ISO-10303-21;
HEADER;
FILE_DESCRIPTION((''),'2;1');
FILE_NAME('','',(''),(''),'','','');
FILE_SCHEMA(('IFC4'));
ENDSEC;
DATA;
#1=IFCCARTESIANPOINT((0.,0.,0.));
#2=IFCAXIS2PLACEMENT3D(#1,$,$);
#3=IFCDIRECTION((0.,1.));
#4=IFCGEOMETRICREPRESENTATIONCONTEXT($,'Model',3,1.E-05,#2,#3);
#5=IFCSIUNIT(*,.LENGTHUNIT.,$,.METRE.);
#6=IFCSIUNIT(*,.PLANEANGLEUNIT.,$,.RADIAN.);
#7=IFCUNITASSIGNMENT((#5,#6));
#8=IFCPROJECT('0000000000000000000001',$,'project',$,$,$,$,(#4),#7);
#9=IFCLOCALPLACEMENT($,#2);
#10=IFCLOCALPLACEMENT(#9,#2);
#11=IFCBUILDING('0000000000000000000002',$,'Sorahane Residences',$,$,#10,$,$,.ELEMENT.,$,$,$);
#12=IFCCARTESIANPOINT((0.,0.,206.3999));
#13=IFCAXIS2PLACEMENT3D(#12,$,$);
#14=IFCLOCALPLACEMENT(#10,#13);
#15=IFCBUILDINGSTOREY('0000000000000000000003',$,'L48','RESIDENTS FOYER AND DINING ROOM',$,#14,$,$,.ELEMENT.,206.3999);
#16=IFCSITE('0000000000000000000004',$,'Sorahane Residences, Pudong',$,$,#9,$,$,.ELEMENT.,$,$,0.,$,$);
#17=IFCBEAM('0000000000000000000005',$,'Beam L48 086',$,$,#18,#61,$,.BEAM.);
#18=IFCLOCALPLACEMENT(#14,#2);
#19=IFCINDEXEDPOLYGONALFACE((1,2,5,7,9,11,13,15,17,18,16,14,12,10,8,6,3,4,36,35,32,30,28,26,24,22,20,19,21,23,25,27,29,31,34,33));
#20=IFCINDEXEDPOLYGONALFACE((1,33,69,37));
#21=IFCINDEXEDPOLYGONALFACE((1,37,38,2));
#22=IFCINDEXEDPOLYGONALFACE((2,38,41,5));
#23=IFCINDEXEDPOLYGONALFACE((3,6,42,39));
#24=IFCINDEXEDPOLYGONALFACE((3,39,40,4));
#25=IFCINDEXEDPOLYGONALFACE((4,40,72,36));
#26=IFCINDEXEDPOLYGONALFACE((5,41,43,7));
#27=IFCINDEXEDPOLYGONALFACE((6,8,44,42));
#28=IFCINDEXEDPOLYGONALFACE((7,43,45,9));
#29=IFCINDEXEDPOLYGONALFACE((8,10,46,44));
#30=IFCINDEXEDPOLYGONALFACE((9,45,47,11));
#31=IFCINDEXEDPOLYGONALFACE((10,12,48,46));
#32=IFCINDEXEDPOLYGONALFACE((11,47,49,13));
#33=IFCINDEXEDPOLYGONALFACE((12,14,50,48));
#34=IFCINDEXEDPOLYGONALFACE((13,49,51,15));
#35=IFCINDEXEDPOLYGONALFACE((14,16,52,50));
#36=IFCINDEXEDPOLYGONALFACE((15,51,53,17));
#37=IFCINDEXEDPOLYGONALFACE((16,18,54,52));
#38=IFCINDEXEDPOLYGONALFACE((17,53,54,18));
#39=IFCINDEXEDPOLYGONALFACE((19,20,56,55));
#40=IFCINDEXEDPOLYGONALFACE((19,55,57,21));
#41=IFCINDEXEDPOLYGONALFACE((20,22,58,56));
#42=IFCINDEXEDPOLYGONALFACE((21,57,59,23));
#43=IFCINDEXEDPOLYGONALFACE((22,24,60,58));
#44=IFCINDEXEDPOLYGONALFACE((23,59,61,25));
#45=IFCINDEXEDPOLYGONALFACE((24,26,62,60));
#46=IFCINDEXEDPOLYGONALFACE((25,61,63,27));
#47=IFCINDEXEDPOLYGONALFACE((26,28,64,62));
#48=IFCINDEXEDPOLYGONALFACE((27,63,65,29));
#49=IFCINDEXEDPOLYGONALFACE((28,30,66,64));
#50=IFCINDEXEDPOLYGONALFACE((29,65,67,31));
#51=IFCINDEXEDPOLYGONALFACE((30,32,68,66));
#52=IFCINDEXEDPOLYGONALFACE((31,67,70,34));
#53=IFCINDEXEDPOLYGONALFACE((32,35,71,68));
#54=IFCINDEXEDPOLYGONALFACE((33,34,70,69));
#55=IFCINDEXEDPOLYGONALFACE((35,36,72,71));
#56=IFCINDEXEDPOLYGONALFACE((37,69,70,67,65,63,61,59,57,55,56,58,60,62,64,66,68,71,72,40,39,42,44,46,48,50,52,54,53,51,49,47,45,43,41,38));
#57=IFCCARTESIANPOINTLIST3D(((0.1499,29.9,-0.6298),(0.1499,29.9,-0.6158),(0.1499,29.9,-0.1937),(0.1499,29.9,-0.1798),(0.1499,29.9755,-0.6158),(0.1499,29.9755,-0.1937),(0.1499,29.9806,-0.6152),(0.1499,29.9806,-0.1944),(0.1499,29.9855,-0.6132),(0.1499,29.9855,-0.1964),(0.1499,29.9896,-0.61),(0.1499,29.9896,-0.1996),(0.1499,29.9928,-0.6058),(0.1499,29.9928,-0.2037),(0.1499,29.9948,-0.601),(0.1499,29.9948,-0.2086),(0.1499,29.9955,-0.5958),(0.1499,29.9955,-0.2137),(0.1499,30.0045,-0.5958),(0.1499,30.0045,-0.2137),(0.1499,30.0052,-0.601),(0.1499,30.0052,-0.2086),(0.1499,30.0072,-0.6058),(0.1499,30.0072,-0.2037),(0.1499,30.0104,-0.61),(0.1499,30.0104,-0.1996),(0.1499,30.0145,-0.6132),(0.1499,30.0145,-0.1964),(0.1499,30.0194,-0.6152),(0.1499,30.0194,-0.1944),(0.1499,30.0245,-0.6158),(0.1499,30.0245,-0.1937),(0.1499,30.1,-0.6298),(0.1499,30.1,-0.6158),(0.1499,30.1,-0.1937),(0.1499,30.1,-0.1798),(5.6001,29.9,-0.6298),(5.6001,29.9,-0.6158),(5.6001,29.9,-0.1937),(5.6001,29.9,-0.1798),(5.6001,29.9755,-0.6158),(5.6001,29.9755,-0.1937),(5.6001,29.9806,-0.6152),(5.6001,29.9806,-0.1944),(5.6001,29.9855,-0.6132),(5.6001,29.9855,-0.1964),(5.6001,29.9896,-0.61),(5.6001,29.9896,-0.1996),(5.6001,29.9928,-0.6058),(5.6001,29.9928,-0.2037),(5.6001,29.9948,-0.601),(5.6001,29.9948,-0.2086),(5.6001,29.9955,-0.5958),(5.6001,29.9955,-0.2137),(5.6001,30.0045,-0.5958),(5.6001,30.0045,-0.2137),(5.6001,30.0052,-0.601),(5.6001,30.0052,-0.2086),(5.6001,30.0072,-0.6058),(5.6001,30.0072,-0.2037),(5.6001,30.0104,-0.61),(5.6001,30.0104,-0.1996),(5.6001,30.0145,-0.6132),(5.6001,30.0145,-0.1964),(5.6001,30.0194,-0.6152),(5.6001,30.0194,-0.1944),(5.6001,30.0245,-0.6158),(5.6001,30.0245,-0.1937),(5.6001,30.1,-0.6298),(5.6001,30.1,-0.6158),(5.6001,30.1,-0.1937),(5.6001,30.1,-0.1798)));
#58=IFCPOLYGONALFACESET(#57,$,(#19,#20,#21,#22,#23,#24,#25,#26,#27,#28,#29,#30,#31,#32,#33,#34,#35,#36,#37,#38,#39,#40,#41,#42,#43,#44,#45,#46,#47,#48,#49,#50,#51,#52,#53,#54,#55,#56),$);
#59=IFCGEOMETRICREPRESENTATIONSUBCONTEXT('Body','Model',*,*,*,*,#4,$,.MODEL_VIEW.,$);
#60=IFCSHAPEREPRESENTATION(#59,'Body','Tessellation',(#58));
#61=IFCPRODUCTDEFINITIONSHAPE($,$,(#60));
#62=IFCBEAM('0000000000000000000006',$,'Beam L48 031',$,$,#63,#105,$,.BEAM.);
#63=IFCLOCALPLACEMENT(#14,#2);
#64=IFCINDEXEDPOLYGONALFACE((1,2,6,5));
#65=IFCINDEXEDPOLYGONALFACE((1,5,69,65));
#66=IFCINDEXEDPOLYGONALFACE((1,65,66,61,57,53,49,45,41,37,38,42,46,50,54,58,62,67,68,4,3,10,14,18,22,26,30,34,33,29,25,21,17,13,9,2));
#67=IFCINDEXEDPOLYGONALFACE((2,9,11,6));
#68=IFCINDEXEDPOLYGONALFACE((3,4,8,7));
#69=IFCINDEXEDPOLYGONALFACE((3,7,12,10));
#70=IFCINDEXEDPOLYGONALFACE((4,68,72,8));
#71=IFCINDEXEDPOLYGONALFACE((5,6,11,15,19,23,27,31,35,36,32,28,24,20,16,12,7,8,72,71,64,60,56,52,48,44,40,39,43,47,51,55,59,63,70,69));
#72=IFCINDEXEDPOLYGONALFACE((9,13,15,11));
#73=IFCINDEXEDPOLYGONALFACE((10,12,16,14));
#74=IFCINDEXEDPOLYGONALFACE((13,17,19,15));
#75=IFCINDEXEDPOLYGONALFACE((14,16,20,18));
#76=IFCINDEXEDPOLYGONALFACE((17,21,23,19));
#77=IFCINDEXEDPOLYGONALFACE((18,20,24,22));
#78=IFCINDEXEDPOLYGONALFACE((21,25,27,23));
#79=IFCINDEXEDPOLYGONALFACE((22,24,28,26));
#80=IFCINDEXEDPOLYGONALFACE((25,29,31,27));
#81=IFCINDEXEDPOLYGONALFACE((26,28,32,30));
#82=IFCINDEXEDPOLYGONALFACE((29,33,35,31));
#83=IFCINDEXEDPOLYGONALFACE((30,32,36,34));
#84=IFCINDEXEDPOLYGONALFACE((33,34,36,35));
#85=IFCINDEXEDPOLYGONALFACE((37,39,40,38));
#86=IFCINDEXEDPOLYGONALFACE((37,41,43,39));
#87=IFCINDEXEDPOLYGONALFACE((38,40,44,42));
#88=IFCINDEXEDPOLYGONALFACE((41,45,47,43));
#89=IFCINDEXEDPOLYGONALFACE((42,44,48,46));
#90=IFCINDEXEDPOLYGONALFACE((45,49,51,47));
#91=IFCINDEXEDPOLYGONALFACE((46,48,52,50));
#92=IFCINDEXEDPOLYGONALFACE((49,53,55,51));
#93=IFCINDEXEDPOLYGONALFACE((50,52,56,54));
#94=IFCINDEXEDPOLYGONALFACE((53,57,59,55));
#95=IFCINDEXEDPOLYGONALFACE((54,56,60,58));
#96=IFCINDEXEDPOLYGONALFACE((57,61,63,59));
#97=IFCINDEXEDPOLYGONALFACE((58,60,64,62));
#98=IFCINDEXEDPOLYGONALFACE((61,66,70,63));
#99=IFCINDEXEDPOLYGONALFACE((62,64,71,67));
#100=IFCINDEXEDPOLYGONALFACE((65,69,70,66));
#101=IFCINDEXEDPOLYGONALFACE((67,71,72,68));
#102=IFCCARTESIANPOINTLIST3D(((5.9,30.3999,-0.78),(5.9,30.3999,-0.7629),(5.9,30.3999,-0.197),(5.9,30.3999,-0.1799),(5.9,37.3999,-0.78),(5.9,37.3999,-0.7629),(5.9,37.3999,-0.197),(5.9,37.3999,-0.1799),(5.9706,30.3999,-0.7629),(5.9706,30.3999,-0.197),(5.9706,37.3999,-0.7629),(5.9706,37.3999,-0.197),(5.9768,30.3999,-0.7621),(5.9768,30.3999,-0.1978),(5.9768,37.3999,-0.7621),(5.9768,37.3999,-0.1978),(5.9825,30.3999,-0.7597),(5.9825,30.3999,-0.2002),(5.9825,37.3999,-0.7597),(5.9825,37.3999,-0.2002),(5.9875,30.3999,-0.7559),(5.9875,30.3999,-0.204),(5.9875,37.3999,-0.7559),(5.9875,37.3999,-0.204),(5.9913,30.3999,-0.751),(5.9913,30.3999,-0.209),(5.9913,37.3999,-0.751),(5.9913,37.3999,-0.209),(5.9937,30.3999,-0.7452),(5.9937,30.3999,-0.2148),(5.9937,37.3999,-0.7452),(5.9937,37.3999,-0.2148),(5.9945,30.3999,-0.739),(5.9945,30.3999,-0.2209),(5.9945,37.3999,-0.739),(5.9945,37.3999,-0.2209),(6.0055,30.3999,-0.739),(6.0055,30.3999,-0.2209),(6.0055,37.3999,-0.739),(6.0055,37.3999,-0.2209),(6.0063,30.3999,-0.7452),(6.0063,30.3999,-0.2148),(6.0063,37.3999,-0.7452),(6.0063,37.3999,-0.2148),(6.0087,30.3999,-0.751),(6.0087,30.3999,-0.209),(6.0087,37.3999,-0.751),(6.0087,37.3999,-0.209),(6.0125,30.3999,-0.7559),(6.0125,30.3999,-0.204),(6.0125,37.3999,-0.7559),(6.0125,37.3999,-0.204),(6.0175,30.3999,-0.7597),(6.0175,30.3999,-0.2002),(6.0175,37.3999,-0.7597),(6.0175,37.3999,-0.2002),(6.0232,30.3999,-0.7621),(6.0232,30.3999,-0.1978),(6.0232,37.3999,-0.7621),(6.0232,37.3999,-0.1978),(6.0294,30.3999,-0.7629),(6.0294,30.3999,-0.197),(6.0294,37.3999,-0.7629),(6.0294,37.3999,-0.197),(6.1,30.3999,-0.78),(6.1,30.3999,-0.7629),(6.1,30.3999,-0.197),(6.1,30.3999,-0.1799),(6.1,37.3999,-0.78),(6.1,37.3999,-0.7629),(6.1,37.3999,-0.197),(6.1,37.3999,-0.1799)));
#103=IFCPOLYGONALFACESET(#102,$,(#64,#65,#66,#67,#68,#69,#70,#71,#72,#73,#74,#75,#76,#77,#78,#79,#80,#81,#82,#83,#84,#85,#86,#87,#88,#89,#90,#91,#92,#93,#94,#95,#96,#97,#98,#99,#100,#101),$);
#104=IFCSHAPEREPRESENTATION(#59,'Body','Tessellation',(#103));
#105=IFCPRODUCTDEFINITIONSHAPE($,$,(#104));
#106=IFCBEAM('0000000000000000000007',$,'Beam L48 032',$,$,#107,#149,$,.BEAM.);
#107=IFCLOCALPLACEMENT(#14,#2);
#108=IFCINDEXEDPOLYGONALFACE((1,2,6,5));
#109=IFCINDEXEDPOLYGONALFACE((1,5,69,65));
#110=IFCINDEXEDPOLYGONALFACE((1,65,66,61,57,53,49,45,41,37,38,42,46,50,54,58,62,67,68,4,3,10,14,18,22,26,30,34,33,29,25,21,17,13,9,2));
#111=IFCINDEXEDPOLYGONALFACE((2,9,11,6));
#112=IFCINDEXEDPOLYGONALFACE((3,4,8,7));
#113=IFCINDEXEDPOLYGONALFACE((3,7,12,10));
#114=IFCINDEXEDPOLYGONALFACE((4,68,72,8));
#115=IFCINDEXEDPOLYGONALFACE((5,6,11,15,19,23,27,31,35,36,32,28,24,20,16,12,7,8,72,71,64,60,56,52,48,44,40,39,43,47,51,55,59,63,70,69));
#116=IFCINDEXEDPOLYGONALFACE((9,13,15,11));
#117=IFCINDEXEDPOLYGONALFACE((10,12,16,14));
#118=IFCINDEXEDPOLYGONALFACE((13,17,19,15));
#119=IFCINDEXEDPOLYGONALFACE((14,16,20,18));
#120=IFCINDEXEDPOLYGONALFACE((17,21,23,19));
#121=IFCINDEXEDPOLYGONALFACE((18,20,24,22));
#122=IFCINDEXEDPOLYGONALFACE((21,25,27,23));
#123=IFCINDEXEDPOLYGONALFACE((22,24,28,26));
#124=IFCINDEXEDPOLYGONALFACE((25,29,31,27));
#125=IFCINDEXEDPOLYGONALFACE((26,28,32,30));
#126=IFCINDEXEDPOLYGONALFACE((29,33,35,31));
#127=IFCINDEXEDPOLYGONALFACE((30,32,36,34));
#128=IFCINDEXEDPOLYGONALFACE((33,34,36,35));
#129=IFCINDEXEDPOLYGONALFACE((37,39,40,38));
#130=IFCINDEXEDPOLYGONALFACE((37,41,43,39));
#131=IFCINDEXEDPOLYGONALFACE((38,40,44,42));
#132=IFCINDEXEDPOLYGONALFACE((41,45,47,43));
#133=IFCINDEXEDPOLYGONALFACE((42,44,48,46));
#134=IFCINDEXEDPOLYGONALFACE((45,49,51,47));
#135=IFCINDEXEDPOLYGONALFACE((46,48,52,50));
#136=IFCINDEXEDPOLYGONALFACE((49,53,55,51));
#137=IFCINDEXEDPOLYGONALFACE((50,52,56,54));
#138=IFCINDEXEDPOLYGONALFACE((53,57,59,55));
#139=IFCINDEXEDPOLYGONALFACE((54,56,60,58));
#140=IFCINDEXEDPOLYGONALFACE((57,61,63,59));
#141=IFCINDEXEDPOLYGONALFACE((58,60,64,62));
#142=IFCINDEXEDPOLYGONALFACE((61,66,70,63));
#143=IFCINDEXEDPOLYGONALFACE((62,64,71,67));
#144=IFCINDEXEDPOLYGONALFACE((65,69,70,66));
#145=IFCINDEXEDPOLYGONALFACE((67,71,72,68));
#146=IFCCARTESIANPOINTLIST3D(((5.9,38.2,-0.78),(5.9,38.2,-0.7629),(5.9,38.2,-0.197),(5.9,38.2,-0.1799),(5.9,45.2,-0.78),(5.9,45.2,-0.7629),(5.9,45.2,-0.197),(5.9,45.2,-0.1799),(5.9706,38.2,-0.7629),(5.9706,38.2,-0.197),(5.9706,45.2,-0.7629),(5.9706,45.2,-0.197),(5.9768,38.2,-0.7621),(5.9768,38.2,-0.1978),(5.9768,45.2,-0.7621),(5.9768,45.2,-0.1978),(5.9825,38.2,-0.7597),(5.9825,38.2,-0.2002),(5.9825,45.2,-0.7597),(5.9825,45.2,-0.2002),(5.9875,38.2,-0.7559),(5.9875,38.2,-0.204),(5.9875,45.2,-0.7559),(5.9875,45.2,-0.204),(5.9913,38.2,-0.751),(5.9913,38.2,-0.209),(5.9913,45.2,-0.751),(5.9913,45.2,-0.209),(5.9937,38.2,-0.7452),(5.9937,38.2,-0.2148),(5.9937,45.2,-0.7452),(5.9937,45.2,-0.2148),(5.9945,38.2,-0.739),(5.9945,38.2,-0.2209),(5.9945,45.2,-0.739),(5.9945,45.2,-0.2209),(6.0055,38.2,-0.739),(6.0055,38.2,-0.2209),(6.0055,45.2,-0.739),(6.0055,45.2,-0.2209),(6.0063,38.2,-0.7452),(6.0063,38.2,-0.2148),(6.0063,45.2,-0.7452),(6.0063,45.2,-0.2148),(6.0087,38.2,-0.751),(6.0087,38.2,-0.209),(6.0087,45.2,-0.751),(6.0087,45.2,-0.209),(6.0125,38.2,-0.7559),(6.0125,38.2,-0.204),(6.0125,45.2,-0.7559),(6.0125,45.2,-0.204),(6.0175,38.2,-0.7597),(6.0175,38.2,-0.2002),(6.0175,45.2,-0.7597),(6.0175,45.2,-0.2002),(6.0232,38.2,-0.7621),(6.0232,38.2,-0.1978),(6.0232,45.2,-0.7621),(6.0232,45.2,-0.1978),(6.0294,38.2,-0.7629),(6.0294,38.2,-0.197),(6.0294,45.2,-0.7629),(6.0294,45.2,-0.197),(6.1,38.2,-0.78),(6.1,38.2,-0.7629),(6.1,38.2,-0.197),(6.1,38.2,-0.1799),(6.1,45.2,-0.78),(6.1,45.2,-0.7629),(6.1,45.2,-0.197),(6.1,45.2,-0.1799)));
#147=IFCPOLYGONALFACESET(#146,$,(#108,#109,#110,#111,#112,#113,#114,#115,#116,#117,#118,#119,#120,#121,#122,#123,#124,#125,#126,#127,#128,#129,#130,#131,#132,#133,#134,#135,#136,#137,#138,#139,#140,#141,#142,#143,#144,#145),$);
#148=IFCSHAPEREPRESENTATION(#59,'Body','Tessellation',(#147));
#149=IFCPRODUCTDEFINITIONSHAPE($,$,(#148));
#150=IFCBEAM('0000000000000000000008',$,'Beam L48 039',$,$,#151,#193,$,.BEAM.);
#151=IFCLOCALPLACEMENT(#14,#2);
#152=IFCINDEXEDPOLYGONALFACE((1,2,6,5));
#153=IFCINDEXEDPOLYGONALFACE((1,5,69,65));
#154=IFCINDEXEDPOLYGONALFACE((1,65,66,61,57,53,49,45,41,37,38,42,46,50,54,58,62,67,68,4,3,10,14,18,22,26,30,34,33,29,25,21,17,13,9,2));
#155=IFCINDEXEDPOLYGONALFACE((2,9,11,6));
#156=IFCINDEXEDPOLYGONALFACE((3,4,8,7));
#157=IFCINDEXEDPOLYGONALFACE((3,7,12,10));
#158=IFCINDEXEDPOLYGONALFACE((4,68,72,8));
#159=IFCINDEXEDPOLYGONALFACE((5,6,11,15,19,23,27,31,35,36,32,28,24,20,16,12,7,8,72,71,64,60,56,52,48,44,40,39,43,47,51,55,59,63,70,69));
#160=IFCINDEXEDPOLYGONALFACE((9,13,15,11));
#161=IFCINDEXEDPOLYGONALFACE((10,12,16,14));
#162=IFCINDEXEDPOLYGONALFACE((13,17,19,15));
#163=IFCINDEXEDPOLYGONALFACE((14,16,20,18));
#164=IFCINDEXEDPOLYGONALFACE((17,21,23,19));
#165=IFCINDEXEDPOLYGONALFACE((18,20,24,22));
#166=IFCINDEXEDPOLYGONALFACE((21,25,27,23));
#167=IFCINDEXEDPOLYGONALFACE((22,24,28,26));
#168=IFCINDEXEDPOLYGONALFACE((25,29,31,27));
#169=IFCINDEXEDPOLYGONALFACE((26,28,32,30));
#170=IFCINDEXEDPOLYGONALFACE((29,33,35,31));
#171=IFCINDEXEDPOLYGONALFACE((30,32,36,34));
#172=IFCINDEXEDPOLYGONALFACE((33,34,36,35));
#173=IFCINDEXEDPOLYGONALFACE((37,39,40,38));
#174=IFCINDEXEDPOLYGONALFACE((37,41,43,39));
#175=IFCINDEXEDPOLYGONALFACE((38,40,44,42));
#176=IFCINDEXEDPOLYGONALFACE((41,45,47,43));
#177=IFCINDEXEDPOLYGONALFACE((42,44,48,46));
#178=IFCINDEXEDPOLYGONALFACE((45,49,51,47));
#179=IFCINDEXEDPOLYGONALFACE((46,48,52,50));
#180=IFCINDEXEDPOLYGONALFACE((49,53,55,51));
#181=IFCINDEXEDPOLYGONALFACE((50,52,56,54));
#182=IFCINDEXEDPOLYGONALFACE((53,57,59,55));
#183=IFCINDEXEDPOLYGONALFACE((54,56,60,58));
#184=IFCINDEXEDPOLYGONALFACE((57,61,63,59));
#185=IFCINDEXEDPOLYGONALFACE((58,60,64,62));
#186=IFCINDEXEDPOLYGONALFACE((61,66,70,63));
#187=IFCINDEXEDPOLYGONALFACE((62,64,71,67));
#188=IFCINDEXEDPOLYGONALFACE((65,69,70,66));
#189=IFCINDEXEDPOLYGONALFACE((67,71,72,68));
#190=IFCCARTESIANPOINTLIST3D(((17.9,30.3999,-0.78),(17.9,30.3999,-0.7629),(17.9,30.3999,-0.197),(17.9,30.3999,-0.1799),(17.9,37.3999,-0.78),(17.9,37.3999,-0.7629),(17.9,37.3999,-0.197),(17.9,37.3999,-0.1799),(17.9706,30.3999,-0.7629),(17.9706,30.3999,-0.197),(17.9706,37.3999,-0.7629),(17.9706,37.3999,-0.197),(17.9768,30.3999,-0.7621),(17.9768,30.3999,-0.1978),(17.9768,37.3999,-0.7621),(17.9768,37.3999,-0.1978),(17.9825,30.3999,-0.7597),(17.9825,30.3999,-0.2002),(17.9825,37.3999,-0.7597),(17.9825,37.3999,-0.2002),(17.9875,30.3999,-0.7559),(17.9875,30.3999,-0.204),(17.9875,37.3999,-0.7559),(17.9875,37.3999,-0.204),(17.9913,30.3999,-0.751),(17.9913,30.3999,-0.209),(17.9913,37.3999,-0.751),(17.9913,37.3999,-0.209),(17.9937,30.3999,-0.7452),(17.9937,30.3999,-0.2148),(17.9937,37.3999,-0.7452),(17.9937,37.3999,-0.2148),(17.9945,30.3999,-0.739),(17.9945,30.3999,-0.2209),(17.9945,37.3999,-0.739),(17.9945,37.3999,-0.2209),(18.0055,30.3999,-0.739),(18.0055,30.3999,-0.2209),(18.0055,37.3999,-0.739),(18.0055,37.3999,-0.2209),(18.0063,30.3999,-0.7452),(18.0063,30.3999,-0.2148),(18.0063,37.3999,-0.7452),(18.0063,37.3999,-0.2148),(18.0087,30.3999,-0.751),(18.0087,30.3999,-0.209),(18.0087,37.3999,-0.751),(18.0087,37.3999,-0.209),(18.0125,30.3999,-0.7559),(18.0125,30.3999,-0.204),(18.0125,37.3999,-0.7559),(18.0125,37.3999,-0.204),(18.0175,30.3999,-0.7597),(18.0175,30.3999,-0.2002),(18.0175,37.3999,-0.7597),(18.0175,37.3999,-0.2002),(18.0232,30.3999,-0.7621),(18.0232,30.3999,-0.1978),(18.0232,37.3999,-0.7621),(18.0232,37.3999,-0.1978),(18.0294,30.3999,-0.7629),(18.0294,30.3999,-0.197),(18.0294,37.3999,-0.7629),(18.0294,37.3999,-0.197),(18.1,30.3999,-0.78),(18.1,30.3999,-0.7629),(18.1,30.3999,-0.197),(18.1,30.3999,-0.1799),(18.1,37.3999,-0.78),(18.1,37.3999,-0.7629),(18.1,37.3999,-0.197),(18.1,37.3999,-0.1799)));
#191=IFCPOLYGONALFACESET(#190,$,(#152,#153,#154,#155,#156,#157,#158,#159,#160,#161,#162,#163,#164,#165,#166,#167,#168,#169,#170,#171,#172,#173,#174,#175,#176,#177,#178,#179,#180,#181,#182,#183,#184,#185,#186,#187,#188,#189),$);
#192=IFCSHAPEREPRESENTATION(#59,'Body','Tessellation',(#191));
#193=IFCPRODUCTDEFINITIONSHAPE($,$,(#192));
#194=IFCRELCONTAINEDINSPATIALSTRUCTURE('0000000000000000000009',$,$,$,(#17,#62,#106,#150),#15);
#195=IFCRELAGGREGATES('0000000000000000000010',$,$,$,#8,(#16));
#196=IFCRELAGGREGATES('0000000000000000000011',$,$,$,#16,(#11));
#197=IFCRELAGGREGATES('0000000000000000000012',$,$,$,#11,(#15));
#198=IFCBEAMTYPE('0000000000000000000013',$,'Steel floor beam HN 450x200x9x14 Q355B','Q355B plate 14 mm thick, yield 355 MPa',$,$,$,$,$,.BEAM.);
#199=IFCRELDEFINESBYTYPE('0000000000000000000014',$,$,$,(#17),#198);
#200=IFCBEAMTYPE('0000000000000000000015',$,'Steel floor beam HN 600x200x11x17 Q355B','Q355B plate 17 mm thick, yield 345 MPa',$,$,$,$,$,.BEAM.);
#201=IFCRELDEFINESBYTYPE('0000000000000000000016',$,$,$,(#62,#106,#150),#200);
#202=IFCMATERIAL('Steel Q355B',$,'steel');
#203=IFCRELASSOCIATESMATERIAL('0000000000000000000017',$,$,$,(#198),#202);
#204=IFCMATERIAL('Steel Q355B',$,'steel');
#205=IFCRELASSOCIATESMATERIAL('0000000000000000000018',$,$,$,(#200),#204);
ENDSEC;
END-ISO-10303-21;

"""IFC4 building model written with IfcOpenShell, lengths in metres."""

from ifc_helpers import new_model, si_unit, direction, frame, origin, origin_2d, place, context, subcontext, project, spatial, i_section, extrude, material, material_profile, profile_set, type_object, element, save


model = new_model("IFC4")

# Units and contexts
model_context = context("Model", 3, precision=1e-05, world=origin(), true_north=direction((0.0, 1.0)))
body_context = subcontext(model_context, "Body", "Model", "MODEL_VIEW")
ifc_project = project(units=[si_unit("LENGTHUNIT", "METRE"), si_unit("PLANEANGLEUNIT", "RADIAN")], contexts=[model_context])

# Site, building, storey
site_placement = place(None, origin())
site = spatial("IfcSite", under=ifc_project, at=site_placement, Name="Sorahane Residences, Pudong", CompositionType="ELEMENT", RefElevation=0.0)
building_placement = place(site_placement, origin())
building = spatial("IfcBuilding", under=site, at=building_placement, Name="Sorahane Residences", CompositionType="ELEMENT")
storey_placement = place(building_placement, frame((0.0, 0.0, 206.3999)))
storey = spatial("IfcBuildingStorey", under=building, at=storey_placement, Name="L48", Description="RESIDENTS FOYER AND DINING ROOM", CompositionType="ELEMENT", Elevation=206.3999)

# Beams
ifc_material_1 = material(Name="Steel Q355B", Category="steel")
ifc_material_profile_1 = material_profile(ifc_material_1, i_section(OverallWidth=0.2, OverallDepth=0.45, WebThickness=0.009, FlangeThickness=0.0139, FilletRadius=0.02, at=origin_2d()), Name="HN 450x200x9x14")
ifc_profile_set_1 = profile_set([ifc_material_profile_1], Name="Steel Q355B")
beam_type_1 = type_object("IfcBeamType", Name="Steel floor beam HN 450x200x9x14 Q355B", Description="Q355B plate 14 mm thick, yield 355 MPa", PredefinedType="BEAM", material=ifc_profile_set_1)
beam_placement = place(storey_placement, frame((0.1499, 30.0, -0.4048), z_axis=(1.0, 0.0, 0.0), x_axis=(0.0, 1.0, 0.0)))
element("IfcBeam", 1, at=beam_placement, inside=storey, type_object=beam_type_1, Name="Beam L48 086", PredefinedType="BEAM", context=body_context, shape_type="SweptSolid", body=[
    extrude(i_section(OverallWidth=0.2, OverallDepth=0.45, WebThickness=0.009, FlangeThickness=0.0139, FilletRadius=0.02, at=origin_2d()), origin(), (0.0, 0.0, 1.0), 5.4502),
])
ifc_material_2 = material(Name="Steel Q355B", Category="steel")
ifc_material_profile_2 = material_profile(ifc_material_2, i_section(OverallWidth=0.2, OverallDepth=0.6001, WebThickness=0.011, FlangeThickness=0.0171, FilletRadius=0.0239, at=origin_2d()), Name="HN 600x200x11x17")
ifc_profile_set_2 = profile_set([ifc_material_profile_2], Name="Steel Q355B")
beam_type_2 = type_object("IfcBeamType", Name="Steel floor beam HN 600x200x11x17 Q355B", Description="Q355B plate 17 mm thick, yield 345 MPa", PredefinedType="BEAM", material=ifc_profile_set_2)
for number, where, z_axis, x_axis, name in (
    (2, (6.0, 30.3999, -0.48), (0.0, 1.0, 0.0), (-1.0, 0.0, 0.0), "Beam L48 031"),
    (3, (6.0, 38.2, -0.48), (0.0, 1.0, 0.0), (-1.0, 0.0, 0.0), "Beam L48 032"),
    (4, (18.0, 30.3999, -0.48), (0.0, 1.0, 0.0), (-1.0, 0.0, 0.0), "Beam L48 039"),
):
    element("IfcBeam", number, at=place(storey_placement, frame(where, z_axis=z_axis, x_axis=x_axis)), inside=storey, type_object=beam_type_2, Name=name, PredefinedType="BEAM", context=body_context, shape_type="SweptSolid", body=[
        extrude(i_section(OverallWidth=0.2, OverallDepth=0.6001, WebThickness=0.011, FlangeThickness=0.0171, FilletRadius=0.0239, at=origin_2d()), origin(), (0.0, 0.0, 1.0), 7.0),
    ])

save(model, "model.ifc")
